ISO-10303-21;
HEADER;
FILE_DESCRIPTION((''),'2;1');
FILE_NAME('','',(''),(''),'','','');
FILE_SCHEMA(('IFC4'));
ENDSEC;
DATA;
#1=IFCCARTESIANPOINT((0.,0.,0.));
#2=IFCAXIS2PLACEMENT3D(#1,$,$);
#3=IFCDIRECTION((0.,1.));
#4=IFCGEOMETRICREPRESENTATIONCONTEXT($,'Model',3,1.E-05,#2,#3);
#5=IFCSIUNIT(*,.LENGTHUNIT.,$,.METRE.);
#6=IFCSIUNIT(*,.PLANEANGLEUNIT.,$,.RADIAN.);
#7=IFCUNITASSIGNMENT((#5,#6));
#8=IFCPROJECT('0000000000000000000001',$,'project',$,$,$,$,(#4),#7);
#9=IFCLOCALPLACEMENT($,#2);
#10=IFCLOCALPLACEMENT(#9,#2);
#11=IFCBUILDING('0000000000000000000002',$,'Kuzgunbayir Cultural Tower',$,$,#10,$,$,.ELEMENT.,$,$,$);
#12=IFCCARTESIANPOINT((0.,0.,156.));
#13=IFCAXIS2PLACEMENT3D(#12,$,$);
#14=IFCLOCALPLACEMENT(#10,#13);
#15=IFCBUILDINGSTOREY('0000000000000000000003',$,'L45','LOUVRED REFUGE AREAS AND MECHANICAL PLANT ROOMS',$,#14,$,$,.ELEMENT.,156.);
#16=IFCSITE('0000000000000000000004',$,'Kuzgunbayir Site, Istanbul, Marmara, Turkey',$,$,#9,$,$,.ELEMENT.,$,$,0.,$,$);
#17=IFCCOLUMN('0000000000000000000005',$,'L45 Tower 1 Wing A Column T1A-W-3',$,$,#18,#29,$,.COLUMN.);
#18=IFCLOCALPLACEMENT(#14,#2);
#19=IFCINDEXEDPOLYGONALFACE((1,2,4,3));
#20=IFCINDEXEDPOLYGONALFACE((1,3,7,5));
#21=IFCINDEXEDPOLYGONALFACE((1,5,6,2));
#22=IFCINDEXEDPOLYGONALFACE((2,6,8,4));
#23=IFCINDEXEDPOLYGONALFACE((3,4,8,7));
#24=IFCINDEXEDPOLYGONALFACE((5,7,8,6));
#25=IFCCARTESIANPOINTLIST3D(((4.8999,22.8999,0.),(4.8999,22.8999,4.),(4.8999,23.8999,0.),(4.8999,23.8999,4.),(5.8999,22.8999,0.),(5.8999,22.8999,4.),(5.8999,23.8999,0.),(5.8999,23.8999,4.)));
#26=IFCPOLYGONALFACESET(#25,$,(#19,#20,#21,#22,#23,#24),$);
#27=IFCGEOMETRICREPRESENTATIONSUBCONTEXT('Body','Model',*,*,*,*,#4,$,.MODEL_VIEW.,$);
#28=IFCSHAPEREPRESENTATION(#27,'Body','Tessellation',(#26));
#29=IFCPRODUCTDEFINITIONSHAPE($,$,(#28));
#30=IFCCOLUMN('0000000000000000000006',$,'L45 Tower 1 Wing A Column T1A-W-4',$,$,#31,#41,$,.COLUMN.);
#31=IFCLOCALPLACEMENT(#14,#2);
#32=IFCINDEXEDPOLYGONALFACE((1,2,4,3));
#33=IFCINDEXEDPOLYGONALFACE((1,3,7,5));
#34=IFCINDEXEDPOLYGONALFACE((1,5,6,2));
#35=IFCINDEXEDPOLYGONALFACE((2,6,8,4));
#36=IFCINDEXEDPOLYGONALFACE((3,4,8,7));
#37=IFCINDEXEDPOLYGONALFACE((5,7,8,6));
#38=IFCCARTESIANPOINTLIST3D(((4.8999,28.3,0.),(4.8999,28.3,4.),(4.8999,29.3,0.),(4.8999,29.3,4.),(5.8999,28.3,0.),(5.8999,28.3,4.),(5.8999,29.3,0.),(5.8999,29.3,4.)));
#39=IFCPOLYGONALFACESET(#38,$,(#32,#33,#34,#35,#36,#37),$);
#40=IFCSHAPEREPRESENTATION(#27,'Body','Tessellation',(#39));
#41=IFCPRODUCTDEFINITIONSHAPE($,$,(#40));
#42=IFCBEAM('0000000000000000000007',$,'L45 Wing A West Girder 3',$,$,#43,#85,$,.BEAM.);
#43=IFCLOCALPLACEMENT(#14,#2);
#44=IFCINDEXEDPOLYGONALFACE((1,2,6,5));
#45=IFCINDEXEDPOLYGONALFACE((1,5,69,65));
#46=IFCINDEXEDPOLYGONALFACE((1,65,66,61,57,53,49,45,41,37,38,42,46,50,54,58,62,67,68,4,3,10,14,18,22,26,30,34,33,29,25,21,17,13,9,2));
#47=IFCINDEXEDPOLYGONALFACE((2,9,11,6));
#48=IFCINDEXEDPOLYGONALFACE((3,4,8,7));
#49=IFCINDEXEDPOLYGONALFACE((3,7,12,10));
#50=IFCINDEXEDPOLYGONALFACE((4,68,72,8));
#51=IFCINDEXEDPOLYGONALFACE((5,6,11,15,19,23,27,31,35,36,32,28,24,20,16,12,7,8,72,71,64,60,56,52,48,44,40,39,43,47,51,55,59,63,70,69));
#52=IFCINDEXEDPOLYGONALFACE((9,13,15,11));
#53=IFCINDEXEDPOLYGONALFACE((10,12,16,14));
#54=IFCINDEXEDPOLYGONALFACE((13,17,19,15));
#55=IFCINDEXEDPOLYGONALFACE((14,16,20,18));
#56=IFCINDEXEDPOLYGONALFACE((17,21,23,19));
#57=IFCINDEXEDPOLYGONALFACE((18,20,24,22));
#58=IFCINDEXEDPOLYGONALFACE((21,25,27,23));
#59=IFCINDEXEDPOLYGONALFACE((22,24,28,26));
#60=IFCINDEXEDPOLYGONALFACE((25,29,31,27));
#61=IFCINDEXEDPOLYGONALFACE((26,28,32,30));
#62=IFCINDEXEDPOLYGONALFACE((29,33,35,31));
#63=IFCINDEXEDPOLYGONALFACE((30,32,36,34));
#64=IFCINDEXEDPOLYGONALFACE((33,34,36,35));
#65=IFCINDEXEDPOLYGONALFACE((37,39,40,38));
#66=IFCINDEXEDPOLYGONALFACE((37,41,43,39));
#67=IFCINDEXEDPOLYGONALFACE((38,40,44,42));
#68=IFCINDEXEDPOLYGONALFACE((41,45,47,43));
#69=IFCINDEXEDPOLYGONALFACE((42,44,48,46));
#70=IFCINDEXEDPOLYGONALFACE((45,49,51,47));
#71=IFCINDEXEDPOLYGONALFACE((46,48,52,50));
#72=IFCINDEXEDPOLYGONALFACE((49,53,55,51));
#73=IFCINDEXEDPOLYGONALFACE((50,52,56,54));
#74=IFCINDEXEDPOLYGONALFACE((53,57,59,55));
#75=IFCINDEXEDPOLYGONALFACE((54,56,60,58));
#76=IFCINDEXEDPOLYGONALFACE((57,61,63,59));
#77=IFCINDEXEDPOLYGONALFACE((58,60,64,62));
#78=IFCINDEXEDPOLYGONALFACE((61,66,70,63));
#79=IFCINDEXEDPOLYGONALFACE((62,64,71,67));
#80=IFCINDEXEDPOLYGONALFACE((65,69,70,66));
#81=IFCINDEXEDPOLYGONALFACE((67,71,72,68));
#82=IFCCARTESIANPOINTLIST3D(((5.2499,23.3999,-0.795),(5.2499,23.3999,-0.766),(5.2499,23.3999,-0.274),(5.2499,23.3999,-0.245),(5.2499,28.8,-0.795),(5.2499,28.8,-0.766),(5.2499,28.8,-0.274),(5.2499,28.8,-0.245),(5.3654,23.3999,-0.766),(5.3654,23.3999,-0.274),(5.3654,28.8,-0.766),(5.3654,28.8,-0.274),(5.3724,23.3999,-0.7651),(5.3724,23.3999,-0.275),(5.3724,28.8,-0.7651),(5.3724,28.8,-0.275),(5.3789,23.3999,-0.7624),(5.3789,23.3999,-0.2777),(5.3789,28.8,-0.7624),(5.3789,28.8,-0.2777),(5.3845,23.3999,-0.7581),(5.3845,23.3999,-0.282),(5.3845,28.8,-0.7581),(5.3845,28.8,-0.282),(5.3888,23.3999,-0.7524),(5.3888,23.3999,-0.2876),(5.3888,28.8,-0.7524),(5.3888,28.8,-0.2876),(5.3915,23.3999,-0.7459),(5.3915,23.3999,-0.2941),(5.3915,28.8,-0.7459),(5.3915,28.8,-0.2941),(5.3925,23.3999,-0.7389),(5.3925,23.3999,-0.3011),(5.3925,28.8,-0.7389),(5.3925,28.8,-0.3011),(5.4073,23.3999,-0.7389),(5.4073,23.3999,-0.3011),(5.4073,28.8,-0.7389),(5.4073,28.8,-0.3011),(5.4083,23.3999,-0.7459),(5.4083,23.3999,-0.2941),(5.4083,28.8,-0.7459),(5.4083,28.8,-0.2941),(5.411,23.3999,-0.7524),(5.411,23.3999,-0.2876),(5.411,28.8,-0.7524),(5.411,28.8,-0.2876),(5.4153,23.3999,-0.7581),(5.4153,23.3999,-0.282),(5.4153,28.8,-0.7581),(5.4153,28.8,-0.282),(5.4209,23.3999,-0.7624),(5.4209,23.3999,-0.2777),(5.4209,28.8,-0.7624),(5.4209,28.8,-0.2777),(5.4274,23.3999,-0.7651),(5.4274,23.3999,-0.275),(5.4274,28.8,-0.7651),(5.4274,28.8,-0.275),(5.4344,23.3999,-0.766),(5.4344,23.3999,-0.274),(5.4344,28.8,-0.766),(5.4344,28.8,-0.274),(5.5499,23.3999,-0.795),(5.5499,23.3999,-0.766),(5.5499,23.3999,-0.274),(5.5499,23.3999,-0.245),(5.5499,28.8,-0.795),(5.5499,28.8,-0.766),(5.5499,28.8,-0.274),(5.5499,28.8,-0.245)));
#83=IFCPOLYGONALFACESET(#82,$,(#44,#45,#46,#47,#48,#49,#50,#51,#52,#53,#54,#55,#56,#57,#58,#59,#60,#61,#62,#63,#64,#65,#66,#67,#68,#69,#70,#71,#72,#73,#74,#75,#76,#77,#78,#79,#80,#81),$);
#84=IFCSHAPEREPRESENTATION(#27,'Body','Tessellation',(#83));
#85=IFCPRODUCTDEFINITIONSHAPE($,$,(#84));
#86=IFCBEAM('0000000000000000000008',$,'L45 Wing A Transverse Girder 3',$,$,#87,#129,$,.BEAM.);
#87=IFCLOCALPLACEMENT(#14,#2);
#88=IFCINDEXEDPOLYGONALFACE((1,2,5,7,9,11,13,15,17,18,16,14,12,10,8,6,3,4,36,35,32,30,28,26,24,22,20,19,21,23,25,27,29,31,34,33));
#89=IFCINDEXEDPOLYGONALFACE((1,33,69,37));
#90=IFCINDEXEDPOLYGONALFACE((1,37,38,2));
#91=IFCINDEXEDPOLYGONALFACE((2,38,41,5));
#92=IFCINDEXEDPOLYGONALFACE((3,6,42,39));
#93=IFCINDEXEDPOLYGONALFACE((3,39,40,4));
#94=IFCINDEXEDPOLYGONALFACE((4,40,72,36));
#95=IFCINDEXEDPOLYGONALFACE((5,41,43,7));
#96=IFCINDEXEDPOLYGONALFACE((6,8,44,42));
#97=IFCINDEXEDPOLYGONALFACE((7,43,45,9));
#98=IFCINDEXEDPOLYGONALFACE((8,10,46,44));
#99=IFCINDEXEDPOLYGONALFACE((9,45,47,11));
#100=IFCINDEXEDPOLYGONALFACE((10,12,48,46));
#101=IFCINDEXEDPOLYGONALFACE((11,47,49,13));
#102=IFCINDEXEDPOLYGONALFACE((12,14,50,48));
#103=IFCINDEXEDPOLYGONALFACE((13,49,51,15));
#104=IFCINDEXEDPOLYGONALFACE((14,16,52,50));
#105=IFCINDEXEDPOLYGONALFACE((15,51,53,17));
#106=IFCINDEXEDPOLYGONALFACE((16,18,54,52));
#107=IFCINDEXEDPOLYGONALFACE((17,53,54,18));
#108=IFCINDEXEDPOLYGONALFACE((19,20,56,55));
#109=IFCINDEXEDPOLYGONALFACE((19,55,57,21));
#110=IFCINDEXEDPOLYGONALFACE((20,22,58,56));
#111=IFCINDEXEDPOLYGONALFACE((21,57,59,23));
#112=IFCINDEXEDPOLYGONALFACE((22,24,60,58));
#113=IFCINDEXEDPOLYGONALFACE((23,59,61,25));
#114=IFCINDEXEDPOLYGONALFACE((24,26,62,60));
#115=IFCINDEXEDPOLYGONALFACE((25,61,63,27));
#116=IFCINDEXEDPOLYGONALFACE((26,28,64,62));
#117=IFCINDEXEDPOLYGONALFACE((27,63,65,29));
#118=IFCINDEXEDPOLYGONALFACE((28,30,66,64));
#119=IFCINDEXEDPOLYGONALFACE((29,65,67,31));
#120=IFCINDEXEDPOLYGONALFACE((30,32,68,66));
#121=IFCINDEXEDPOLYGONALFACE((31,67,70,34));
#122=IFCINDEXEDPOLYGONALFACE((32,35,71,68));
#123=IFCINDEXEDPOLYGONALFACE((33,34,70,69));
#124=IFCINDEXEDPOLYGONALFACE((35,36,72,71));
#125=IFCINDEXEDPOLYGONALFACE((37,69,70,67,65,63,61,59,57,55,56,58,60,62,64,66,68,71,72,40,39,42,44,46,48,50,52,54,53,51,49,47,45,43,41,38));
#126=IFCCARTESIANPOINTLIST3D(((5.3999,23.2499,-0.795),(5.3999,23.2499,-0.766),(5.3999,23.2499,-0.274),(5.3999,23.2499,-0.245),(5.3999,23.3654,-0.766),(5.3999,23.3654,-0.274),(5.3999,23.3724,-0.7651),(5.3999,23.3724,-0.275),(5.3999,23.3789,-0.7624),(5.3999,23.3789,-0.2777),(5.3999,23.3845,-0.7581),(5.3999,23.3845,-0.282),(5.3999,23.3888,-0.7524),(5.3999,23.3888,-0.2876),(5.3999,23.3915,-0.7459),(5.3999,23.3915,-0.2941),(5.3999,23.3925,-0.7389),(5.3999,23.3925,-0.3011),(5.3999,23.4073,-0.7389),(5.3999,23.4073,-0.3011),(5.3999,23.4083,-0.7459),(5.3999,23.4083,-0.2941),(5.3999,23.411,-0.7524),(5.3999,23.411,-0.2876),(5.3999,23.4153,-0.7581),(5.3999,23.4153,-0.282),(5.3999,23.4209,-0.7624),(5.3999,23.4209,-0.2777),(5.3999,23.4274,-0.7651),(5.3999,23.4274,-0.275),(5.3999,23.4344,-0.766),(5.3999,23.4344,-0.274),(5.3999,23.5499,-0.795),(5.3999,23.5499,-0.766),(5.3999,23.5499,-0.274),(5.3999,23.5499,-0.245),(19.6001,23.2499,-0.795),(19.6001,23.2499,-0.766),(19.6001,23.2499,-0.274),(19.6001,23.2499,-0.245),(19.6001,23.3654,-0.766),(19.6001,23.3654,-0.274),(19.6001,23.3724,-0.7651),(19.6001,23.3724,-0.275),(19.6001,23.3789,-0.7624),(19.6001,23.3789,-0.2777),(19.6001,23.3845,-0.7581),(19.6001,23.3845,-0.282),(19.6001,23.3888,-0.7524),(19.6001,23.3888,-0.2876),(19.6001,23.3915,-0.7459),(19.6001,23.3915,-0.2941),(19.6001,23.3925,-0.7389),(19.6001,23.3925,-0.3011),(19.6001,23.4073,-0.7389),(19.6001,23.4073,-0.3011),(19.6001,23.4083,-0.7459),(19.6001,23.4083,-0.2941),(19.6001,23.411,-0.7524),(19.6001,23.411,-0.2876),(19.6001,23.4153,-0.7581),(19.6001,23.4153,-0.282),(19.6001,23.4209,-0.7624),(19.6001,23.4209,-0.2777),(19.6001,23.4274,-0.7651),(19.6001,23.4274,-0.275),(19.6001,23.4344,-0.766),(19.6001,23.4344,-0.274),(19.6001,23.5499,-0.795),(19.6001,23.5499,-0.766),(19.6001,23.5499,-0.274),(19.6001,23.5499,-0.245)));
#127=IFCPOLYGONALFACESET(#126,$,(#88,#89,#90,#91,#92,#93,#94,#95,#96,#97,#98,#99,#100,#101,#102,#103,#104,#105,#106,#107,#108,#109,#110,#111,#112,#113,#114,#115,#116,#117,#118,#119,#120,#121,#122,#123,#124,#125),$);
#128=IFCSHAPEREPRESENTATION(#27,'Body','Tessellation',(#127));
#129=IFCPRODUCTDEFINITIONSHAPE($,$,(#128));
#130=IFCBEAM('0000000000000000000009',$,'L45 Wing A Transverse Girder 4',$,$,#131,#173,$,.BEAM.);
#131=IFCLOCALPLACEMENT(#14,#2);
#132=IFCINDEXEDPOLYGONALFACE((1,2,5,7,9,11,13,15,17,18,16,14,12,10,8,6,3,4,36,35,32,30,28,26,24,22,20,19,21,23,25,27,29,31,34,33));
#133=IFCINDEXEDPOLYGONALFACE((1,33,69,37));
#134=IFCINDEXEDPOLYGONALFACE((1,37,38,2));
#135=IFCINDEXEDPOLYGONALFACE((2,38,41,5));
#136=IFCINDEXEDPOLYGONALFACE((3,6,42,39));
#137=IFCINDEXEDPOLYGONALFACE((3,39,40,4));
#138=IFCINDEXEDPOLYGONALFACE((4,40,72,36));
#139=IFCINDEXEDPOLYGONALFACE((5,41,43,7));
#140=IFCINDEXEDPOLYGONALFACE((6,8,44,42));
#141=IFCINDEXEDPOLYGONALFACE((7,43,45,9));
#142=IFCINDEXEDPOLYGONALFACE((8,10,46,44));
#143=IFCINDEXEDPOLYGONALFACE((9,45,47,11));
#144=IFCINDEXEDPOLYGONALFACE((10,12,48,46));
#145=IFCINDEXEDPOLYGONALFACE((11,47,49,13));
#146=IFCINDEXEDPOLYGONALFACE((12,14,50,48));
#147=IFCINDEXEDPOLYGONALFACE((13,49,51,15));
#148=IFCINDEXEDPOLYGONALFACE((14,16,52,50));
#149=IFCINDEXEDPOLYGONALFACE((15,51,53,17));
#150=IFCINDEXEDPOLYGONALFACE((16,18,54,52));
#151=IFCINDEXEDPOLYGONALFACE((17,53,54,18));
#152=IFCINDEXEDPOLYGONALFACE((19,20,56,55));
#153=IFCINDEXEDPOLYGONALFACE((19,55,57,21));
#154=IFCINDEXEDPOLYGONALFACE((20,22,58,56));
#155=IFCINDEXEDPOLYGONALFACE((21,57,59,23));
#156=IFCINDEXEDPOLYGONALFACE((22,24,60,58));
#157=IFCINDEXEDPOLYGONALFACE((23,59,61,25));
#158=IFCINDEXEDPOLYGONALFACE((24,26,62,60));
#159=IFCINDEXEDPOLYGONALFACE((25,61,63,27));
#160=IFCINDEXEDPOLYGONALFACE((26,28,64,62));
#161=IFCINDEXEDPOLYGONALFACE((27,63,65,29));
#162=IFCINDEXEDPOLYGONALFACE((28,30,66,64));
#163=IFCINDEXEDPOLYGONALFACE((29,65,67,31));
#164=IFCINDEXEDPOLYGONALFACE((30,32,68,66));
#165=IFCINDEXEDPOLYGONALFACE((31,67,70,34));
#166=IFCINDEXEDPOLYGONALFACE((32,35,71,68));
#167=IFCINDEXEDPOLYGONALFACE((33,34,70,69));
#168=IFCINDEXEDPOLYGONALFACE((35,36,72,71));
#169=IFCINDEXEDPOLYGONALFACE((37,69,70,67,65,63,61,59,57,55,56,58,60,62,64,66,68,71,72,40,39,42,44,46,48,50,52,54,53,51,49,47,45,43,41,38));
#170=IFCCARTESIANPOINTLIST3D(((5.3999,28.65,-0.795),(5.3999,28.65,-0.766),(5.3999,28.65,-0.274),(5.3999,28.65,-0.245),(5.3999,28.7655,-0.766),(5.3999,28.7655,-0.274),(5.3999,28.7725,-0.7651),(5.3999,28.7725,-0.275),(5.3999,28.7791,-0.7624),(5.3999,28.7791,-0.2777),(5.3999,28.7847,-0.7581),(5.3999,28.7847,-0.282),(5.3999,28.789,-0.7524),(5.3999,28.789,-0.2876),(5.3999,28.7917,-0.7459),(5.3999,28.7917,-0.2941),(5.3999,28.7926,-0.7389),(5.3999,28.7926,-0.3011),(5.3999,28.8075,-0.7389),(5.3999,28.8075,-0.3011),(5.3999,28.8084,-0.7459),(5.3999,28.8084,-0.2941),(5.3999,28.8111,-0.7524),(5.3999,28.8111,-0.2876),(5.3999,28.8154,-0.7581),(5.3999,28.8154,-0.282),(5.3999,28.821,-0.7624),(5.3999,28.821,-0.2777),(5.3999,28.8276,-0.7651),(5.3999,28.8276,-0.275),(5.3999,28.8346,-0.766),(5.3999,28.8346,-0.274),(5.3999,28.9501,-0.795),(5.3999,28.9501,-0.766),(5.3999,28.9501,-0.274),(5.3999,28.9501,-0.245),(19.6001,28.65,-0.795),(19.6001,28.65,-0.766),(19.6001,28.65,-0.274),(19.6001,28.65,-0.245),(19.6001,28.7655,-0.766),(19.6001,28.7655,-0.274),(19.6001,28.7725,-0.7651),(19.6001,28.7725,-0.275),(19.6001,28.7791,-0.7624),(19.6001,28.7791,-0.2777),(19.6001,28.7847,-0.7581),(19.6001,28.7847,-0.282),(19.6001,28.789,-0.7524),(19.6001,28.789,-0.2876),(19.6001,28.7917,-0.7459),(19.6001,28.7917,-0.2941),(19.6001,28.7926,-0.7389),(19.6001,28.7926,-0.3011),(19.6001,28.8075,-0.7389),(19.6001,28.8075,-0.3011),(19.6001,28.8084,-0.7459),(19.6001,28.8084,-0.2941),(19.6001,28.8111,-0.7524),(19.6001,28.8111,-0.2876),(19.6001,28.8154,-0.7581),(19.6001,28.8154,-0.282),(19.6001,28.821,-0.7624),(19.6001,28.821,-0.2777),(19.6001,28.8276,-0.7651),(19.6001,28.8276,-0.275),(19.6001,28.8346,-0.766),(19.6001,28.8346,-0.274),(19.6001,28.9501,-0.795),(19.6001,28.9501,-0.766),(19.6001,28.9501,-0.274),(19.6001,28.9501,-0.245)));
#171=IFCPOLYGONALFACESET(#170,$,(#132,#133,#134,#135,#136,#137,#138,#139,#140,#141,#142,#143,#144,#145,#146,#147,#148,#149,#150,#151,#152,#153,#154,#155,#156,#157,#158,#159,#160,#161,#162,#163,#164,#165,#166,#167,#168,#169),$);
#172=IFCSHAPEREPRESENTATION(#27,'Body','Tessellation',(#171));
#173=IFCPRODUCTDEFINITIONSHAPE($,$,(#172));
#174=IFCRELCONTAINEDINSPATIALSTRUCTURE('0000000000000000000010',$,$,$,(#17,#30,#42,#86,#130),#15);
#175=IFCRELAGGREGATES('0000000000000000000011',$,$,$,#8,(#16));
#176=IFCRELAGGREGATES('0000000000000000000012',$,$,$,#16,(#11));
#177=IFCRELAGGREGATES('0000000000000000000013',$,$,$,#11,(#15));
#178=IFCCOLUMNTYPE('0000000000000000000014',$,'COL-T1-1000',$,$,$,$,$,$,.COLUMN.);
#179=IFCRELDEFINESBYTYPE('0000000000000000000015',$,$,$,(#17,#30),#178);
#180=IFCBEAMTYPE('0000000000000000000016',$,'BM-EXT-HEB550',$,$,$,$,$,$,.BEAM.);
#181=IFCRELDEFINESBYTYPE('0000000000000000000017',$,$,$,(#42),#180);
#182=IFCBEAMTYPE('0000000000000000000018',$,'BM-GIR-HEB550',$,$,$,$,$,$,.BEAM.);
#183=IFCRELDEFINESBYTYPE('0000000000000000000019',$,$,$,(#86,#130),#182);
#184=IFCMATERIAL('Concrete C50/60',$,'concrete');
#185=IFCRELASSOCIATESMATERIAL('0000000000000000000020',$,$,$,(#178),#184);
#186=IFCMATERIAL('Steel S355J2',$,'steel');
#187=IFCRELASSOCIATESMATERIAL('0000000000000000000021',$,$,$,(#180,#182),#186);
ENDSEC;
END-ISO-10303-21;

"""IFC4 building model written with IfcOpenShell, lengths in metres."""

from ifc_helpers import new_model, si_unit, direction, frame, origin, origin_2d, place, context, subcontext, project, spatial, rectangle, i_section, extrude, material, material_profile, profile_set, type_object, element, save


model = new_model("IFC4")

# Units and contexts
model_context = context("Model", 3, precision=1e-05, world=origin(), true_north=direction((0.0, 1.0)))
body_context = subcontext(model_context, "Body", "Model", "MODEL_VIEW")
ifc_project = project(units=[si_unit("LENGTHUNIT", "METRE"), si_unit("PLANEANGLEUNIT", "RADIAN")], contexts=[model_context])

# Site, building, storey
site_placement = place(None, origin())
site = spatial("IfcSite", under=ifc_project, at=site_placement, Name="Kuzgunbayir Site, Istanbul, Marmara, Turkey", CompositionType="ELEMENT", RefElevation=0.0)
building_placement = place(site_placement, origin())
building = spatial("IfcBuilding", under=site, at=building_placement, Name="Kuzgunbayir Cultural Tower", CompositionType="ELEMENT")
storey_placement = place(building_placement, frame((0.0, 0.0, 156.0)))
storey = spatial("IfcBuildingStorey", under=building, at=storey_placement, Name="L45", Description="LOUVRED REFUGE AREAS AND MECHANICAL PLANT ROOMS", CompositionType="ELEMENT", Elevation=156.0)

# Columns
ifc_material_1 = material(Name="Concrete C50/60", Category="concrete")
ifc_material_profile_1 = material_profile(ifc_material_1, rectangle(XDim=1.0, YDim=1.0, at=origin_2d()), Name="RC 1000x1000")
ifc_profile_set_1 = profile_set([ifc_material_profile_1], Name="Concrete C50/60")
column_type = type_object("IfcColumnType", Name="COL-T1-1000", PredefinedType="COLUMN", material=ifc_profile_set_1)
for number, where, z_axis, x_axis, name in (
    (1, (5.3999, 23.3999, 0.0), (0.0, 0.0, 1.0), (1.0, 0.0, 0.0), "L45 Tower 1 Wing A Column T1A-W-3"),
    (2, (5.3999, 28.8, 0.0), (0.0, 0.0, 1.0), (1.0, 0.0, 0.0), "L45 Tower 1 Wing A Column T1A-W-4"),
):
    element("IfcColumn", number, at=place(storey_placement, frame(where, z_axis=z_axis, x_axis=x_axis)), inside=storey, type_object=column_type, Name=name, PredefinedType="COLUMN", context=body_context, shape_type="SweptSolid", body=[
        extrude(rectangle(XDim=1.0, YDim=1.0, at=origin_2d()), origin(), (0.0, 0.0, 1.0), 4.0),
    ])

# Beams
ifc_material_2 = material(Name="Steel S355J2", Category="steel")
ifc_material_profile_2 = material_profile(ifc_material_2, i_section(OverallWidth=0.3, OverallDepth=0.55, WebThickness=0.0149, FlangeThickness=0.0291, FilletRadius=0.0271, at=origin_2d()), Name="HEB 550")
ifc_profile_set_2 = profile_set([ifc_material_profile_2], Name="Steel S355J2")
beam_type_1 = type_object("IfcBeamType", Name="BM-EXT-HEB550", PredefinedType="BEAM", material=ifc_profile_set_2)
beam_1_placement = place(storey_placement, frame((5.3999, 23.3999, -0.52), z_axis=(0.0, 1.0, 0.0), x_axis=(-1.0, 0.0, 0.0)))
element("IfcBeam", 3, at=beam_1_placement, inside=storey, type_object=beam_type_1, Name="L45 Wing A West Girder 3", PredefinedType="BEAM", context=body_context, shape_type="SweptSolid", body=[
    extrude(i_section(OverallWidth=0.3, OverallDepth=0.55, WebThickness=0.0149, FlangeThickness=0.0291, FilletRadius=0.0271, at=origin_2d()), origin(), (0.0, 0.0, 1.0), 5.4001),
])
ifc_material_profile_3 = material_profile(ifc_material_2, i_section(OverallWidth=0.3, OverallDepth=0.55, WebThickness=0.0149, FlangeThickness=0.0291, FilletRadius=0.0271, at=origin_2d()), Name="HEB 550")
ifc_profile_set_3 = profile_set([ifc_material_profile_3], Name="Steel S355J2")
beam_type_2 = type_object("IfcBeamType", Name="BM-GIR-HEB550", PredefinedType="BEAM", material=ifc_profile_set_3)
for number, where, z_axis, x_axis, name in (
    (4, (5.3999, 23.3999, -0.52), (1.0, 0.0, 0.0), (0.0, 1.0, 0.0), "L45 Wing A Transverse Girder 3"),
    (5, (5.3999, 28.8, -0.52), (1.0, 0.0, 0.0), (0.0, 1.0, 0.0), "L45 Wing A Transverse Girder 4"),
):
    element("IfcBeam", number, at=place(storey_placement, frame(where, z_axis=z_axis, x_axis=x_axis)), inside=storey, type_object=beam_type_2, Name=name, PredefinedType="BEAM", context=body_context, shape_type="SweptSolid", body=[
        extrude(i_section(OverallWidth=0.3, OverallDepth=0.55, WebThickness=0.0149, FlangeThickness=0.0291, FilletRadius=0.0271, at=origin_2d()), origin(), (0.0, 0.0, 1.0), 14.2002),
    ])

save(model, "model.ifc")
